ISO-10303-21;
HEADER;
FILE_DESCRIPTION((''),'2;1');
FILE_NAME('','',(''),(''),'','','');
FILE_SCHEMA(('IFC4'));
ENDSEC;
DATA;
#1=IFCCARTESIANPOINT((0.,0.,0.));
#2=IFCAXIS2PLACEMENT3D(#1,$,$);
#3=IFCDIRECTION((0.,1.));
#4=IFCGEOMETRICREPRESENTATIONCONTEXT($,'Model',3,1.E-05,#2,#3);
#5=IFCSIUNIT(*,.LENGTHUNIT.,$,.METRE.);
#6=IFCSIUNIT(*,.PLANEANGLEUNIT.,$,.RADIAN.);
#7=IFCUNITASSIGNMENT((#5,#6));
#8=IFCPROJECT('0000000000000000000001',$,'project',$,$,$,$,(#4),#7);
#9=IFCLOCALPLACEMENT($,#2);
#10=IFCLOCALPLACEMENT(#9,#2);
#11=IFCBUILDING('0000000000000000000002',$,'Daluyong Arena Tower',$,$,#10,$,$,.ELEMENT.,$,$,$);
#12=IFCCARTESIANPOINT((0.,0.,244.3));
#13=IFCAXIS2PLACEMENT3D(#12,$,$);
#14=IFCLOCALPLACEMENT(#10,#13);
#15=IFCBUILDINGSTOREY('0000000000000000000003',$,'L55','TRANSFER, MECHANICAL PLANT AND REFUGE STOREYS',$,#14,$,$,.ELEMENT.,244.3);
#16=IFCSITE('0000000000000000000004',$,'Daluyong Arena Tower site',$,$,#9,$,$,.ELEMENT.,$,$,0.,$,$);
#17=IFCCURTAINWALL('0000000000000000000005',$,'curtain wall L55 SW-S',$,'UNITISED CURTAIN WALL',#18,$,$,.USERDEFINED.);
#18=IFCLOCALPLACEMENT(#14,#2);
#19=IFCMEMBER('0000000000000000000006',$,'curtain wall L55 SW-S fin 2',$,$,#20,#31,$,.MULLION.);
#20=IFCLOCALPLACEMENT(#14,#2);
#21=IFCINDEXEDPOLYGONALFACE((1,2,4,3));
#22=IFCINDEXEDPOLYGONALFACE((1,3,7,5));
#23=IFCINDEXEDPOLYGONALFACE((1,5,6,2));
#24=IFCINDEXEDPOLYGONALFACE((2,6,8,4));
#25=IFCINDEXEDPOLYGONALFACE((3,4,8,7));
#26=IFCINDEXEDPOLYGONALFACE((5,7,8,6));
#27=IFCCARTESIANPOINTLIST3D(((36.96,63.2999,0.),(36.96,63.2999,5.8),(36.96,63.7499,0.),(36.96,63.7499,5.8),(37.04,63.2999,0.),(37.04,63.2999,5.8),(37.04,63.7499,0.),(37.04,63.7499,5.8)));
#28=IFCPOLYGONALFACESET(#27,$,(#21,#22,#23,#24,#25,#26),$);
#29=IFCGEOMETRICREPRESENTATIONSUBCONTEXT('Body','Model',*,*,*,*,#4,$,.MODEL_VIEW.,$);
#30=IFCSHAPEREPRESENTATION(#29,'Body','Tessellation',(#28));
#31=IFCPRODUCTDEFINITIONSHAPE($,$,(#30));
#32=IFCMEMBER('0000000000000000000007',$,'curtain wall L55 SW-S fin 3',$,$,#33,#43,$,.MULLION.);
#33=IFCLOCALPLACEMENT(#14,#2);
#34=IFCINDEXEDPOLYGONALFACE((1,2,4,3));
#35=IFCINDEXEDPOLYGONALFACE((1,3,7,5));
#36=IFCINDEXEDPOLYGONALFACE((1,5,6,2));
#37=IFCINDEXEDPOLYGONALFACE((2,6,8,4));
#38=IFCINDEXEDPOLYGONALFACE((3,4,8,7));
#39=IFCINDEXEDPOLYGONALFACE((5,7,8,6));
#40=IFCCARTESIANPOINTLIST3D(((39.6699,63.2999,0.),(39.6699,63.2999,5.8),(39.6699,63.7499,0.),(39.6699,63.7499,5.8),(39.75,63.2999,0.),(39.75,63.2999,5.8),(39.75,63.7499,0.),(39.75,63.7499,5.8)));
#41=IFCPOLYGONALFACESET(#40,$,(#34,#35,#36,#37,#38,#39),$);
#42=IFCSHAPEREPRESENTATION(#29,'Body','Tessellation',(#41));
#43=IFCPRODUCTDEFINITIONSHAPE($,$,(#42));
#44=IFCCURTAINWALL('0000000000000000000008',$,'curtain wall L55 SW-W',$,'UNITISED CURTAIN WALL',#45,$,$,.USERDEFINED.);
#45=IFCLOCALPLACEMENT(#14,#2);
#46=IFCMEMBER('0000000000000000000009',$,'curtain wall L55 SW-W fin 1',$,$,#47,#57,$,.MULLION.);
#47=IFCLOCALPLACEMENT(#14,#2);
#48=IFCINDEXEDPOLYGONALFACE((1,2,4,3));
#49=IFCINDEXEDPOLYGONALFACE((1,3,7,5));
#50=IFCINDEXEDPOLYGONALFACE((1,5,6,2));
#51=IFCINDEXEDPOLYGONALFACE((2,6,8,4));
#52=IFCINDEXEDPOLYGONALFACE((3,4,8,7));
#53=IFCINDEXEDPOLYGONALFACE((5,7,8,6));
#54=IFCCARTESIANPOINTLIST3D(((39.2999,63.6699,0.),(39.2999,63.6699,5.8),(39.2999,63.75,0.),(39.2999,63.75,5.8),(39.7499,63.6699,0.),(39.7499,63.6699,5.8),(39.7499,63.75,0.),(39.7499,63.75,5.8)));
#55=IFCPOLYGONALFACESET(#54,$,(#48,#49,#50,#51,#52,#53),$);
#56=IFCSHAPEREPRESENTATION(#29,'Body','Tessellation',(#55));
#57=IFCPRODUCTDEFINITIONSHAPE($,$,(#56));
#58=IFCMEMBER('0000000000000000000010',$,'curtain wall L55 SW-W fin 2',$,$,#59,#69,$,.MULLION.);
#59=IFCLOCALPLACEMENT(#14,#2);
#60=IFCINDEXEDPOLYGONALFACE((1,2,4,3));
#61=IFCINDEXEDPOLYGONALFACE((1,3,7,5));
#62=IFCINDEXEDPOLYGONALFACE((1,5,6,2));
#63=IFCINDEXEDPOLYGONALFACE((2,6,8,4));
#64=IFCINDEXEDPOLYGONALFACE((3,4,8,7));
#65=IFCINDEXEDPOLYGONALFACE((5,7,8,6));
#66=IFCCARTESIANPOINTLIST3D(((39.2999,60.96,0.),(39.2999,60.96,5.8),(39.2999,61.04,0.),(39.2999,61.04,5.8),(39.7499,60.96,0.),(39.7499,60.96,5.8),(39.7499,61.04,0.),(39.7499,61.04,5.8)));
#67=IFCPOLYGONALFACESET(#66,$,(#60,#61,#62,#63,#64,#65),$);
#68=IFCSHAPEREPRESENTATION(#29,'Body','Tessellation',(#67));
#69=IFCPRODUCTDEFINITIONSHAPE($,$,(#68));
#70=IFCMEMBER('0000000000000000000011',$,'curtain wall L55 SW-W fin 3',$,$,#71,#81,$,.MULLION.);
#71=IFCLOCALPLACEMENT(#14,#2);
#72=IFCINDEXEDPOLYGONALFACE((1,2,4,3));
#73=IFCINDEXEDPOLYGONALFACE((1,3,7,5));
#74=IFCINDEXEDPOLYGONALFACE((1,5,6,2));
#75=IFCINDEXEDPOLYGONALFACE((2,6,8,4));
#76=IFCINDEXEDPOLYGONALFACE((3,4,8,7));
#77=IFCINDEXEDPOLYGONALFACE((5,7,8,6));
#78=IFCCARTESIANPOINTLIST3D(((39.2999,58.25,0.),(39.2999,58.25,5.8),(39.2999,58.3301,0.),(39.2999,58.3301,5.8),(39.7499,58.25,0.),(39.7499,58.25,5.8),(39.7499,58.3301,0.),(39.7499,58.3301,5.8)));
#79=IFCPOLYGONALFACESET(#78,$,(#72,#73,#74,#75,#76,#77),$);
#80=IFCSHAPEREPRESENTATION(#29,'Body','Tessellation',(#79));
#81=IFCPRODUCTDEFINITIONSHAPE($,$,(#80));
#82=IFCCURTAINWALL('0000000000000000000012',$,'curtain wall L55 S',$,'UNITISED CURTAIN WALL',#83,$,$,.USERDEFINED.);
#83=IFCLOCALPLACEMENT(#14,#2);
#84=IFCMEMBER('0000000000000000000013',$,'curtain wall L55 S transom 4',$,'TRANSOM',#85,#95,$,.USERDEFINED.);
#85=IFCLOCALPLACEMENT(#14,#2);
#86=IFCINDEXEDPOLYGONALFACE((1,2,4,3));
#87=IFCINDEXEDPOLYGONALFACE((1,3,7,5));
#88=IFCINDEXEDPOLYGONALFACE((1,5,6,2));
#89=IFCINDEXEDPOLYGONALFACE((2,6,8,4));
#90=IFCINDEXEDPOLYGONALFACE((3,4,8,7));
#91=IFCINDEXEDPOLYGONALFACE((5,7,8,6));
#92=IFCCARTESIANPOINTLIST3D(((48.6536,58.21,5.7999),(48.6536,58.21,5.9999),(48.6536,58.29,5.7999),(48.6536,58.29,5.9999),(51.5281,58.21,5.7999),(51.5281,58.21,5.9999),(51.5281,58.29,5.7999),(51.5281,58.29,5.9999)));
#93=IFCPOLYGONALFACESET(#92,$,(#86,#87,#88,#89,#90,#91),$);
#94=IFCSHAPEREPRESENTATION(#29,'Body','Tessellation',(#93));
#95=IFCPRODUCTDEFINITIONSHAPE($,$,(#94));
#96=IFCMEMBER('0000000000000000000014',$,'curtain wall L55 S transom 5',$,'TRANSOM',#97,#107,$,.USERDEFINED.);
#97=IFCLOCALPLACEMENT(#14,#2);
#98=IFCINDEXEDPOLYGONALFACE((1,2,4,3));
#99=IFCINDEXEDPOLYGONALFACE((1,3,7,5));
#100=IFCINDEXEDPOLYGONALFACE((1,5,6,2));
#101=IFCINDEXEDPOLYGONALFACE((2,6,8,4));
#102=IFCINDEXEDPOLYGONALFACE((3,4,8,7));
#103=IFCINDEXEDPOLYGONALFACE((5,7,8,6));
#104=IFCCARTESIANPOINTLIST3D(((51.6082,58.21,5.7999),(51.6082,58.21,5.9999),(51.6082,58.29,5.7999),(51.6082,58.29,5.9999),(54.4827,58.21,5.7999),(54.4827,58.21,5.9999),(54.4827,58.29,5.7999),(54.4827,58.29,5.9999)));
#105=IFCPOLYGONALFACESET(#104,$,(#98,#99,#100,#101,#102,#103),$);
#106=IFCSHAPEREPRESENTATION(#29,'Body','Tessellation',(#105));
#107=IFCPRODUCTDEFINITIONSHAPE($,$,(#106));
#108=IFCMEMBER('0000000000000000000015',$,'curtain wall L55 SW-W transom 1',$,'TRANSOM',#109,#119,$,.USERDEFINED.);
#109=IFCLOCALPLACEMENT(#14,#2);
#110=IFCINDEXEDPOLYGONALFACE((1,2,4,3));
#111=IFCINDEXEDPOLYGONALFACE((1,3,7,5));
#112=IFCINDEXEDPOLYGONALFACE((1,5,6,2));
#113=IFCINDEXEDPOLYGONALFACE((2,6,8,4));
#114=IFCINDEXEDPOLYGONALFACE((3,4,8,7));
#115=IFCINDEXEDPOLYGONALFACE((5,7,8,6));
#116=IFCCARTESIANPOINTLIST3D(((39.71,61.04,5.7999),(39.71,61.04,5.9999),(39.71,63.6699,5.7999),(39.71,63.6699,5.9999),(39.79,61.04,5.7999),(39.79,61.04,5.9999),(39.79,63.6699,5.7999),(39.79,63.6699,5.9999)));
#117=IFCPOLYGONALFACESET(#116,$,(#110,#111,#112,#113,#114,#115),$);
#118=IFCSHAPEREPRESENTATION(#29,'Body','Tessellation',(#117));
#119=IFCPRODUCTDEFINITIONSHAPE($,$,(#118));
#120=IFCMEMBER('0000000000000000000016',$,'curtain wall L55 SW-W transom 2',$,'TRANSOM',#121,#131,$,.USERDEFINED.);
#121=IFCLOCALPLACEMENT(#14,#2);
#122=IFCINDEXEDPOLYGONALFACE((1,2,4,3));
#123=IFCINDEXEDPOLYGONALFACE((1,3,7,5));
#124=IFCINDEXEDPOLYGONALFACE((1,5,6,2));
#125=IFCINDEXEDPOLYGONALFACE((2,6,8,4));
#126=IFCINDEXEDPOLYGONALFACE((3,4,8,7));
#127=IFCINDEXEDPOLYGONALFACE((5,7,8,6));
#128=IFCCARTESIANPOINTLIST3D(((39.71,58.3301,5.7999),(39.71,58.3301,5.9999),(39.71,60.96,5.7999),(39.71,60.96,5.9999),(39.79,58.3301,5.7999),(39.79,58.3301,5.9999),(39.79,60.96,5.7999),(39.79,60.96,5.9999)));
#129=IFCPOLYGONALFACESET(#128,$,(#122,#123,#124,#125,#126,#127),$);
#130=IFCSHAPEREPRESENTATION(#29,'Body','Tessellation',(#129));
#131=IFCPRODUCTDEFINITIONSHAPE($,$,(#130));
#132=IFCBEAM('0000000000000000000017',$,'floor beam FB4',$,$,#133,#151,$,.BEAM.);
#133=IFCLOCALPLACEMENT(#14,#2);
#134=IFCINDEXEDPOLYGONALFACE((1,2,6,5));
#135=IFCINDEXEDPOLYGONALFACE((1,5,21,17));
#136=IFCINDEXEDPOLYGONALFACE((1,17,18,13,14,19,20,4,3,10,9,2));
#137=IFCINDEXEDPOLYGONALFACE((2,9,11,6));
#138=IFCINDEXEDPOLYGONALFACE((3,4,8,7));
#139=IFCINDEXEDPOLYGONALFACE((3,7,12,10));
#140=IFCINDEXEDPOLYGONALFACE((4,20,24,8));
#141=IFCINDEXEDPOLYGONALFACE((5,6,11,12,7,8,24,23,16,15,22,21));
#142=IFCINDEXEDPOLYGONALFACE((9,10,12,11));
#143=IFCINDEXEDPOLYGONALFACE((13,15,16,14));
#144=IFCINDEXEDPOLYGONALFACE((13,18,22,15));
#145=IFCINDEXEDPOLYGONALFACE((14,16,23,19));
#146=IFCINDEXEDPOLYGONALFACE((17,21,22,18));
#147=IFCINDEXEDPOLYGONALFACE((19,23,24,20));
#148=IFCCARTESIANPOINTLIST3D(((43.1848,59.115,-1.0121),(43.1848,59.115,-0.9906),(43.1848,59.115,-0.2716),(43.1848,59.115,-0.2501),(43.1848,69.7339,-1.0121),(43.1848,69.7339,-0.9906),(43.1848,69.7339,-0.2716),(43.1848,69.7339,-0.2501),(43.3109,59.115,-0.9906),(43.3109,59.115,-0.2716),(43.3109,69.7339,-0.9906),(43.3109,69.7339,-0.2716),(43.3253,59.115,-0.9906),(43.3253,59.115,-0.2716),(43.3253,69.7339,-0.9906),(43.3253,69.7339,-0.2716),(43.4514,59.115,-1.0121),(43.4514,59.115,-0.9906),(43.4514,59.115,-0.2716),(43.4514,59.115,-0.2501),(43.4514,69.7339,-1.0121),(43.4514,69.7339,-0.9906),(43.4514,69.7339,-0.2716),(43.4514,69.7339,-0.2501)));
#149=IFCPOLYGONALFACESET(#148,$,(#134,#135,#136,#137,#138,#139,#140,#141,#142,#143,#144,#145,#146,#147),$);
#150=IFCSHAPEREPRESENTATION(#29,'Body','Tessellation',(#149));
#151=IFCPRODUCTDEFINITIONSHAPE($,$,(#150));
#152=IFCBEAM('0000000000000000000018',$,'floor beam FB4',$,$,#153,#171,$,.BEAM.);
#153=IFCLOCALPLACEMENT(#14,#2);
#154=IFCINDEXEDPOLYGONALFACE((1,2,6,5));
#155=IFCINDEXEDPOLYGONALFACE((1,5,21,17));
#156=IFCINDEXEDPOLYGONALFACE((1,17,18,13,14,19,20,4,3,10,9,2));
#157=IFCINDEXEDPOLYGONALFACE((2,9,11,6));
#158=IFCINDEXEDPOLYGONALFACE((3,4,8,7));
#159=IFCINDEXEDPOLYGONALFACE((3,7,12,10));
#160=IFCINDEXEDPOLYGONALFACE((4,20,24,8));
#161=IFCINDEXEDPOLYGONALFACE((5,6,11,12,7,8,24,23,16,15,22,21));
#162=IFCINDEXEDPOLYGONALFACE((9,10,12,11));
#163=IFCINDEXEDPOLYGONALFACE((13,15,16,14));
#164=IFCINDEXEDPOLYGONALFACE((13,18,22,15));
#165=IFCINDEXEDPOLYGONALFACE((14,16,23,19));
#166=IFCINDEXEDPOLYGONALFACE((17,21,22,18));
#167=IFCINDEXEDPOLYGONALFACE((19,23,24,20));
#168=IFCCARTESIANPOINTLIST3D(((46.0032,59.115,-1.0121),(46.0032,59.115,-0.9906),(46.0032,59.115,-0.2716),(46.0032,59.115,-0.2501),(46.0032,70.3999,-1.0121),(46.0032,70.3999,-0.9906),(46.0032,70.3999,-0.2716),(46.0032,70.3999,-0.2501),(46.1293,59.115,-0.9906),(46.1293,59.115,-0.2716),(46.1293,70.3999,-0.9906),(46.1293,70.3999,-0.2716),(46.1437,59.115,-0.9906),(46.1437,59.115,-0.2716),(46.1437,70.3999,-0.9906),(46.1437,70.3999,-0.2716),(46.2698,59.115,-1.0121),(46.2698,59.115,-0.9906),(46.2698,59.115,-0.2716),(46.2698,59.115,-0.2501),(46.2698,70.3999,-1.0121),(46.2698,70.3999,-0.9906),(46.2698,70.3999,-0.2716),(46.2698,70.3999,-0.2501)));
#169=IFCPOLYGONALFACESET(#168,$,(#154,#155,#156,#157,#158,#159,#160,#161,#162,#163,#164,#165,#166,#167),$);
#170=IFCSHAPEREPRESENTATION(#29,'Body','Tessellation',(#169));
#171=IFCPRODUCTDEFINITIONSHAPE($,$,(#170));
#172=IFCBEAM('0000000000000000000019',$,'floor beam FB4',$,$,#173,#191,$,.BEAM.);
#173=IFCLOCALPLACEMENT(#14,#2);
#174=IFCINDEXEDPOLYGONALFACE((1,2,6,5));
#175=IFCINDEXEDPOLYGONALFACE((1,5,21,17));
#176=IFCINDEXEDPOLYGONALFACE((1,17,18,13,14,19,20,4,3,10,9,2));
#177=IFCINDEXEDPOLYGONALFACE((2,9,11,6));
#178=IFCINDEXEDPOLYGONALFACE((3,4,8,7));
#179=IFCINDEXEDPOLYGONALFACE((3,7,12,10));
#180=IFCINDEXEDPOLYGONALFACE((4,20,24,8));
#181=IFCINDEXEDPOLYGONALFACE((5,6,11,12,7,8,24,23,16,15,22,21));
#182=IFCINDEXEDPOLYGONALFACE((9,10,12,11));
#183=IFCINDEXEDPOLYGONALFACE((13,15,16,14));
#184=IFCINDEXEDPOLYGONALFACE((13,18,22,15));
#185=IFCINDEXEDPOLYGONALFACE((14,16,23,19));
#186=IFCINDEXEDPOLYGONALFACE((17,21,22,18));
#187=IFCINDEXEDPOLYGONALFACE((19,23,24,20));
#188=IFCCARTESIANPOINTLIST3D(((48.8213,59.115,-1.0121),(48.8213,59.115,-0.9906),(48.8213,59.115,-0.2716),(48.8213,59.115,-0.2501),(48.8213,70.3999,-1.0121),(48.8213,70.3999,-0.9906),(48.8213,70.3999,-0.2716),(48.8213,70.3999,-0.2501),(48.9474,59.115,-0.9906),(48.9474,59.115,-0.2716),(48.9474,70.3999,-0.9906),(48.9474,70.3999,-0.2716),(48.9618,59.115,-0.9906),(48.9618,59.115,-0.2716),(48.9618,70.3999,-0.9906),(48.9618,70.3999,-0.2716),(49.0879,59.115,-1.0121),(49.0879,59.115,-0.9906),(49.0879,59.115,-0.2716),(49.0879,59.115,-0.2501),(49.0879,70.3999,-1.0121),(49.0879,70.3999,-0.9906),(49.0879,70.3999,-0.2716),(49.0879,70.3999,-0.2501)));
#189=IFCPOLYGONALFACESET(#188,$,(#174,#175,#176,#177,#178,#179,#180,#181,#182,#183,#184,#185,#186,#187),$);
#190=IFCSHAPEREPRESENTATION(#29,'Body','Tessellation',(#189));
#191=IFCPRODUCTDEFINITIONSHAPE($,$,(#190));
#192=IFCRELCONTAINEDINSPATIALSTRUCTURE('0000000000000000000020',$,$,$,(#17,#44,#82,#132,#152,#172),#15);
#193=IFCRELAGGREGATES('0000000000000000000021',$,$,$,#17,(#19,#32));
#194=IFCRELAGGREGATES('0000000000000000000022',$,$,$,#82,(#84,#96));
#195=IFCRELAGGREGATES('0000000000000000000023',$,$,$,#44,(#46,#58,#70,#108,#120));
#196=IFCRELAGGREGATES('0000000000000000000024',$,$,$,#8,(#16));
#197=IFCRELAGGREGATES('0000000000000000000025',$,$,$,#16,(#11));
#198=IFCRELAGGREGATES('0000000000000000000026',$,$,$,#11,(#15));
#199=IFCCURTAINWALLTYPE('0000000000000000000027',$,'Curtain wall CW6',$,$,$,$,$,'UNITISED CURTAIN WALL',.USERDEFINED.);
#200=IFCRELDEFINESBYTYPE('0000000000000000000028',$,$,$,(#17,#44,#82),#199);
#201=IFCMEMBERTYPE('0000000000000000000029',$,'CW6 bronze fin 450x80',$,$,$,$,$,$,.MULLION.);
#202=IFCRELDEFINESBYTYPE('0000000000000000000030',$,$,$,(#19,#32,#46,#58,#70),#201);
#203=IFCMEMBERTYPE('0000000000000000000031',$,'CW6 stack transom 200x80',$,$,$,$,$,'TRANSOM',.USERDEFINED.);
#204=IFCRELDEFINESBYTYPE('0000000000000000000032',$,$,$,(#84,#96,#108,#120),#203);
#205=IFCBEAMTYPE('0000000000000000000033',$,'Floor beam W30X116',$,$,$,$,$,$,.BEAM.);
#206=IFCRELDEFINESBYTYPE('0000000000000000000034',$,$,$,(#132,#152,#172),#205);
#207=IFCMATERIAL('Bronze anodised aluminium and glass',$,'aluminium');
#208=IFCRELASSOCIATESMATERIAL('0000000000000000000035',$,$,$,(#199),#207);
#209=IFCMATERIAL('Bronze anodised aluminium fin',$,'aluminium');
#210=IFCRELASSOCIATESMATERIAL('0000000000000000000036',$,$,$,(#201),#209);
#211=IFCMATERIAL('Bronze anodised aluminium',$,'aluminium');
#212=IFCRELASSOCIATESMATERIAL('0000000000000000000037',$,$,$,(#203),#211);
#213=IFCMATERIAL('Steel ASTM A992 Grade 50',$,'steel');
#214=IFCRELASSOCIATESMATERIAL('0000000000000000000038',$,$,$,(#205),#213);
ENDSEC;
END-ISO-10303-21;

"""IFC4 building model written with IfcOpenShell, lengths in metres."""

from ifc_helpers import new_model, si_unit, direction, frame, origin, origin_2d, place, context, subcontext, project, spatial, rectangle, i_section, extrude, material, material_profile, profile_set, type_object, element, aggregate, save


model = new_model("IFC4")

# Units and contexts
model_context = context("Model", 3, precision=1e-05, world=origin(), true_north=direction((0.0, 1.0)))
body_context = subcontext(model_context, "Body", "Model", "MODEL_VIEW")
ifc_project = project(units=[si_unit("LENGTHUNIT", "METRE"), si_unit("PLANEANGLEUNIT", "RADIAN")], contexts=[model_context])

# Site, building, storey
site_placement = place(None, origin())
site = spatial("IfcSite", under=ifc_project, at=site_placement, Name="Daluyong Arena Tower site", CompositionType="ELEMENT", RefElevation=0.0)
building_placement = place(site_placement, origin())
building = spatial("IfcBuilding", under=site, at=building_placement, Name="Daluyong Arena Tower", CompositionType="ELEMENT")
storey_placement = place(building_placement, frame((0.0, 0.0, 244.3)))
storey = spatial("IfcBuildingStorey", under=building, at=storey_placement, Name="L55", Description="TRANSFER, MECHANICAL PLANT AND REFUGE STOREYS", CompositionType="ELEMENT", Elevation=244.3)

# Curtain walls, members
ifc_material_1 = material(Name="Bronze anodised aluminium and glass", Category="aluminium")
curtain_wall_type = type_object("IfcCurtainWallType", Name="Curtain wall CW6", ElementType="UNITISED CURTAIN WALL", PredefinedType="USERDEFINED", material=ifc_material_1)
curtain_wall_1_placement = place(storey_placement, origin())
curtain_wall_1 = element("IfcCurtainWall", 1, at=curtain_wall_1_placement, inside=storey, type_object=curtain_wall_type, Name="curtain wall L55 SW-S", ObjectType="UNITISED CURTAIN WALL", PredefinedType="USERDEFINED")
ifc_material_2 = material(Name="Bronze anodised aluminium fin", Category="aluminium")
ifc_material_profile_1 = material_profile(ifc_material_2, rectangle(XDim=0.45, YDim=0.0801, at=origin_2d()))
ifc_profile_set_1 = profile_set([ifc_material_profile_1], Name="Bronze anodised aluminium fin")
member_type_1 = type_object("IfcMemberType", Name="CW6 bronze fin 450x80", PredefinedType="MULLION", material=ifc_profile_set_1)
member_1_placement = place(storey_placement, frame((37.0, 63.5249, 0.0), z_axis=(0.0, 0.0, 1.0), x_axis=(0.0, 1.0, 0.0)))
member_1 = element("IfcMember", 2, at=member_1_placement, type_object=member_type_1, Name="curtain wall L55 SW-S fin 2", PredefinedType="MULLION", context=body_context, shape_type="SweptSolid", body=[
    extrude(rectangle(XDim=0.45, YDim=0.0801, at=origin_2d()), origin(), (0.0, 0.0, 1.0), 5.8),
])
member_2_placement = place(storey_placement, frame((39.71, 63.5249, 0.0), z_axis=(0.0, 0.0, 1.0), x_axis=(0.0, 1.0, 0.0)))
member_2 = element("IfcMember", 3, at=member_2_placement, type_object=member_type_1, Name="curtain wall L55 SW-S fin 3", PredefinedType="MULLION", context=body_context, shape_type="SweptSolid", body=[
    extrude(rectangle(XDim=0.45, YDim=0.0801, at=origin_2d()), origin(), (0.0, 0.0, 1.0), 5.8),
])
aggregate(curtain_wall_1, [member_1, member_2])
curtain_wall_2_placement = place(storey_placement, origin())
curtain_wall_2 = element("IfcCurtainWall", 4, at=curtain_wall_2_placement, inside=storey, type_object=curtain_wall_type, Name="curtain wall L55 SW-W", ObjectType="UNITISED CURTAIN WALL", PredefinedType="USERDEFINED")
member_3_placement = place(storey_placement, frame((39.5249, 63.71, 0.0), z_axis=(0.0, 0.0, 1.0), x_axis=(1.0, 0.0, 0.0)))
member_3 = element("IfcMember", 5, at=member_3_placement, type_object=member_type_1, Name="curtain wall L55 SW-W fin 1", PredefinedType="MULLION", context=body_context, shape_type="SweptSolid", body=[
    extrude(rectangle(XDim=0.45, YDim=0.0801, at=origin_2d()), origin(), (0.0, 0.0, 1.0), 5.8),
])
member_4_placement = place(storey_placement, frame((39.5249, 61.0, 0.0), z_axis=(0.0, 0.0, 1.0), x_axis=(1.0, 0.0, 0.0)))
member_4 = element("IfcMember", 6, at=member_4_placement, type_object=member_type_1, Name="curtain wall L55 SW-W fin 2", PredefinedType="MULLION", context=body_context, shape_type="SweptSolid", body=[
    extrude(rectangle(XDim=0.45, YDim=0.0801, at=origin_2d()), origin(), (0.0, 0.0, 1.0), 5.8),
])
member_5_placement = place(storey_placement, frame((39.5249, 58.29, 0.0), z_axis=(0.0, 0.0, 1.0), x_axis=(1.0, 0.0, 0.0)))
member_5 = element("IfcMember", 7, at=member_5_placement, type_object=member_type_1, Name="curtain wall L55 SW-W fin 3", PredefinedType="MULLION", context=body_context, shape_type="SweptSolid", body=[
    extrude(rectangle(XDim=0.45, YDim=0.0801, at=origin_2d()), origin(), (0.0, 0.0, 1.0), 5.8),
])
curtain_wall_3_placement = place(storey_placement, origin())
curtain_wall_3 = element("IfcCurtainWall", 8, at=curtain_wall_3_placement, inside=storey, type_object=curtain_wall_type, Name="curtain wall L55 S", ObjectType="UNITISED CURTAIN WALL", PredefinedType="USERDEFINED")
ifc_material_3 = material(Name="Bronze anodised aluminium", Category="aluminium")
ifc_material_profile_2 = material_profile(ifc_material_3, rectangle(XDim=0.0801, YDim=0.2, at=origin_2d()))
ifc_profile_set_2 = profile_set([ifc_material_profile_2], Name="Bronze anodised aluminium")
member_type_2 = type_object("IfcMemberType", Name="CW6 stack transom 200x80", ElementType="TRANSOM", PredefinedType="USERDEFINED", material=ifc_profile_set_2)
member_6_placement = place(storey_placement, frame((48.6536, 58.25, 5.8999), z_axis=(1.0, 0.0, 0.0), x_axis=(0.0, 1.0, 0.0)))
member_6 = element("IfcMember", 9, at=member_6_placement, type_object=member_type_2, Name="curtain wall L55 S transom 4", ObjectType="TRANSOM", PredefinedType="USERDEFINED", context=body_context, shape_type="SweptSolid", body=[
    extrude(rectangle(XDim=0.0801, YDim=0.2, at=origin_2d()), origin(), (0.0, 0.0, 1.0), 2.8745),
])
member_7_placement = place(storey_placement, frame((51.6082, 58.25, 5.8999), z_axis=(1.0, 0.0, 0.0), x_axis=(0.0, 1.0, 0.0)))
member_7 = element("IfcMember", 10, at=member_7_placement, type_object=member_type_2, Name="curtain wall L55 S transom 5", ObjectType="TRANSOM", PredefinedType="USERDEFINED", context=body_context, shape_type="SweptSolid", body=[
    extrude(rectangle(XDim=0.0801, YDim=0.2, at=origin_2d()), origin(), (0.0, 0.0, 1.0), 2.8745),
])

# Members
member_8_placement = place(storey_placement, frame((39.75, 63.6699, 5.8999), z_axis=(0.0, -1.0, 0.0), x_axis=(1.0, 0.0, 0.0)))
member_8 = element("IfcMember", 11, at=member_8_placement, type_object=member_type_2, Name="curtain wall L55 SW-W transom 1", ObjectType="TRANSOM", PredefinedType="USERDEFINED", context=body_context, shape_type="SweptSolid", body=[
    extrude(rectangle(XDim=0.0801, YDim=0.2, at=origin_2d()), origin(), (0.0, 0.0, 1.0), 2.6299),
])
member_9_placement = place(storey_placement, frame((39.75, 60.96, 5.8999), z_axis=(0.0, -1.0, 0.0), x_axis=(1.0, 0.0, 0.0)))
member_9 = element("IfcMember", 12, at=member_9_placement, type_object=member_type_2, Name="curtain wall L55 SW-W transom 2", ObjectType="TRANSOM", PredefinedType="USERDEFINED", context=body_context, shape_type="SweptSolid", body=[
    extrude(rectangle(XDim=0.0801, YDim=0.2, at=origin_2d()), origin(), (0.0, 0.0, 1.0), 2.6299),
])

# Beams
ifc_material_4 = material(Name="Steel ASTM A992 Grade 50", Category="steel")
ifc_material_profile_3 = material_profile(ifc_material_4, i_section(OverallWidth=0.2666, OverallDepth=0.762, WebThickness=0.0144, FlangeThickness=0.0215, at=origin_2d()))
ifc_profile_set_3 = profile_set([ifc_material_profile_3], Name="Steel ASTM A992 Grade 50")
beam_type_1 = type_object("IfcBeamType", Name="Floor beam W30X116", PredefinedType="BEAM", material=ifc_profile_set_3)
beam_1_placement = place(storey_placement, frame((43.3181, 59.115, -0.6311), z_axis=(0.0, 1.0, 0.0), x_axis=(-1.0, 0.0, 0.0)))
element("IfcBeam", 13, at=beam_1_placement, inside=storey, type_object=beam_type_1, Name="floor beam FB4", PredefinedType="BEAM", context=body_context, shape_type="SweptSolid", body=[
    extrude(i_section(OverallWidth=0.2666, OverallDepth=0.762, WebThickness=0.0144, FlangeThickness=0.0215, at=origin_2d()), origin(), (0.0, 0.0, 1.0), 10.6189),
])
for number, where, z_axis, x_axis, name in (
    (14, (46.1365, 59.115, -0.6311), (0.0, 1.0, 0.0), (-1.0, 0.0, 0.0), "floor beam FB4"),
    (15, (48.9546, 59.115, -0.6311), (0.0, 1.0, 0.0), (-1.0, 0.0, 0.0), "floor beam FB4"),
):
    element("IfcBeam", number, at=place(storey_placement, frame(where, z_axis=z_axis, x_axis=x_axis)), inside=storey, type_object=beam_type_1, Name=name, PredefinedType="BEAM", context=body_context, shape_type="SweptSolid", body=[
        extrude(i_section(OverallWidth=0.2666, OverallDepth=0.762, WebThickness=0.0144, FlangeThickness=0.0215, at=origin_2d()), origin(), (0.0, 0.0, 1.0), 11.2849),
    ])

aggregate(curtain_wall_3, [member_6, member_7])
aggregate(curtain_wall_2, [member_3, member_4, member_5, member_8, member_9])

save(model, "model.ifc")
